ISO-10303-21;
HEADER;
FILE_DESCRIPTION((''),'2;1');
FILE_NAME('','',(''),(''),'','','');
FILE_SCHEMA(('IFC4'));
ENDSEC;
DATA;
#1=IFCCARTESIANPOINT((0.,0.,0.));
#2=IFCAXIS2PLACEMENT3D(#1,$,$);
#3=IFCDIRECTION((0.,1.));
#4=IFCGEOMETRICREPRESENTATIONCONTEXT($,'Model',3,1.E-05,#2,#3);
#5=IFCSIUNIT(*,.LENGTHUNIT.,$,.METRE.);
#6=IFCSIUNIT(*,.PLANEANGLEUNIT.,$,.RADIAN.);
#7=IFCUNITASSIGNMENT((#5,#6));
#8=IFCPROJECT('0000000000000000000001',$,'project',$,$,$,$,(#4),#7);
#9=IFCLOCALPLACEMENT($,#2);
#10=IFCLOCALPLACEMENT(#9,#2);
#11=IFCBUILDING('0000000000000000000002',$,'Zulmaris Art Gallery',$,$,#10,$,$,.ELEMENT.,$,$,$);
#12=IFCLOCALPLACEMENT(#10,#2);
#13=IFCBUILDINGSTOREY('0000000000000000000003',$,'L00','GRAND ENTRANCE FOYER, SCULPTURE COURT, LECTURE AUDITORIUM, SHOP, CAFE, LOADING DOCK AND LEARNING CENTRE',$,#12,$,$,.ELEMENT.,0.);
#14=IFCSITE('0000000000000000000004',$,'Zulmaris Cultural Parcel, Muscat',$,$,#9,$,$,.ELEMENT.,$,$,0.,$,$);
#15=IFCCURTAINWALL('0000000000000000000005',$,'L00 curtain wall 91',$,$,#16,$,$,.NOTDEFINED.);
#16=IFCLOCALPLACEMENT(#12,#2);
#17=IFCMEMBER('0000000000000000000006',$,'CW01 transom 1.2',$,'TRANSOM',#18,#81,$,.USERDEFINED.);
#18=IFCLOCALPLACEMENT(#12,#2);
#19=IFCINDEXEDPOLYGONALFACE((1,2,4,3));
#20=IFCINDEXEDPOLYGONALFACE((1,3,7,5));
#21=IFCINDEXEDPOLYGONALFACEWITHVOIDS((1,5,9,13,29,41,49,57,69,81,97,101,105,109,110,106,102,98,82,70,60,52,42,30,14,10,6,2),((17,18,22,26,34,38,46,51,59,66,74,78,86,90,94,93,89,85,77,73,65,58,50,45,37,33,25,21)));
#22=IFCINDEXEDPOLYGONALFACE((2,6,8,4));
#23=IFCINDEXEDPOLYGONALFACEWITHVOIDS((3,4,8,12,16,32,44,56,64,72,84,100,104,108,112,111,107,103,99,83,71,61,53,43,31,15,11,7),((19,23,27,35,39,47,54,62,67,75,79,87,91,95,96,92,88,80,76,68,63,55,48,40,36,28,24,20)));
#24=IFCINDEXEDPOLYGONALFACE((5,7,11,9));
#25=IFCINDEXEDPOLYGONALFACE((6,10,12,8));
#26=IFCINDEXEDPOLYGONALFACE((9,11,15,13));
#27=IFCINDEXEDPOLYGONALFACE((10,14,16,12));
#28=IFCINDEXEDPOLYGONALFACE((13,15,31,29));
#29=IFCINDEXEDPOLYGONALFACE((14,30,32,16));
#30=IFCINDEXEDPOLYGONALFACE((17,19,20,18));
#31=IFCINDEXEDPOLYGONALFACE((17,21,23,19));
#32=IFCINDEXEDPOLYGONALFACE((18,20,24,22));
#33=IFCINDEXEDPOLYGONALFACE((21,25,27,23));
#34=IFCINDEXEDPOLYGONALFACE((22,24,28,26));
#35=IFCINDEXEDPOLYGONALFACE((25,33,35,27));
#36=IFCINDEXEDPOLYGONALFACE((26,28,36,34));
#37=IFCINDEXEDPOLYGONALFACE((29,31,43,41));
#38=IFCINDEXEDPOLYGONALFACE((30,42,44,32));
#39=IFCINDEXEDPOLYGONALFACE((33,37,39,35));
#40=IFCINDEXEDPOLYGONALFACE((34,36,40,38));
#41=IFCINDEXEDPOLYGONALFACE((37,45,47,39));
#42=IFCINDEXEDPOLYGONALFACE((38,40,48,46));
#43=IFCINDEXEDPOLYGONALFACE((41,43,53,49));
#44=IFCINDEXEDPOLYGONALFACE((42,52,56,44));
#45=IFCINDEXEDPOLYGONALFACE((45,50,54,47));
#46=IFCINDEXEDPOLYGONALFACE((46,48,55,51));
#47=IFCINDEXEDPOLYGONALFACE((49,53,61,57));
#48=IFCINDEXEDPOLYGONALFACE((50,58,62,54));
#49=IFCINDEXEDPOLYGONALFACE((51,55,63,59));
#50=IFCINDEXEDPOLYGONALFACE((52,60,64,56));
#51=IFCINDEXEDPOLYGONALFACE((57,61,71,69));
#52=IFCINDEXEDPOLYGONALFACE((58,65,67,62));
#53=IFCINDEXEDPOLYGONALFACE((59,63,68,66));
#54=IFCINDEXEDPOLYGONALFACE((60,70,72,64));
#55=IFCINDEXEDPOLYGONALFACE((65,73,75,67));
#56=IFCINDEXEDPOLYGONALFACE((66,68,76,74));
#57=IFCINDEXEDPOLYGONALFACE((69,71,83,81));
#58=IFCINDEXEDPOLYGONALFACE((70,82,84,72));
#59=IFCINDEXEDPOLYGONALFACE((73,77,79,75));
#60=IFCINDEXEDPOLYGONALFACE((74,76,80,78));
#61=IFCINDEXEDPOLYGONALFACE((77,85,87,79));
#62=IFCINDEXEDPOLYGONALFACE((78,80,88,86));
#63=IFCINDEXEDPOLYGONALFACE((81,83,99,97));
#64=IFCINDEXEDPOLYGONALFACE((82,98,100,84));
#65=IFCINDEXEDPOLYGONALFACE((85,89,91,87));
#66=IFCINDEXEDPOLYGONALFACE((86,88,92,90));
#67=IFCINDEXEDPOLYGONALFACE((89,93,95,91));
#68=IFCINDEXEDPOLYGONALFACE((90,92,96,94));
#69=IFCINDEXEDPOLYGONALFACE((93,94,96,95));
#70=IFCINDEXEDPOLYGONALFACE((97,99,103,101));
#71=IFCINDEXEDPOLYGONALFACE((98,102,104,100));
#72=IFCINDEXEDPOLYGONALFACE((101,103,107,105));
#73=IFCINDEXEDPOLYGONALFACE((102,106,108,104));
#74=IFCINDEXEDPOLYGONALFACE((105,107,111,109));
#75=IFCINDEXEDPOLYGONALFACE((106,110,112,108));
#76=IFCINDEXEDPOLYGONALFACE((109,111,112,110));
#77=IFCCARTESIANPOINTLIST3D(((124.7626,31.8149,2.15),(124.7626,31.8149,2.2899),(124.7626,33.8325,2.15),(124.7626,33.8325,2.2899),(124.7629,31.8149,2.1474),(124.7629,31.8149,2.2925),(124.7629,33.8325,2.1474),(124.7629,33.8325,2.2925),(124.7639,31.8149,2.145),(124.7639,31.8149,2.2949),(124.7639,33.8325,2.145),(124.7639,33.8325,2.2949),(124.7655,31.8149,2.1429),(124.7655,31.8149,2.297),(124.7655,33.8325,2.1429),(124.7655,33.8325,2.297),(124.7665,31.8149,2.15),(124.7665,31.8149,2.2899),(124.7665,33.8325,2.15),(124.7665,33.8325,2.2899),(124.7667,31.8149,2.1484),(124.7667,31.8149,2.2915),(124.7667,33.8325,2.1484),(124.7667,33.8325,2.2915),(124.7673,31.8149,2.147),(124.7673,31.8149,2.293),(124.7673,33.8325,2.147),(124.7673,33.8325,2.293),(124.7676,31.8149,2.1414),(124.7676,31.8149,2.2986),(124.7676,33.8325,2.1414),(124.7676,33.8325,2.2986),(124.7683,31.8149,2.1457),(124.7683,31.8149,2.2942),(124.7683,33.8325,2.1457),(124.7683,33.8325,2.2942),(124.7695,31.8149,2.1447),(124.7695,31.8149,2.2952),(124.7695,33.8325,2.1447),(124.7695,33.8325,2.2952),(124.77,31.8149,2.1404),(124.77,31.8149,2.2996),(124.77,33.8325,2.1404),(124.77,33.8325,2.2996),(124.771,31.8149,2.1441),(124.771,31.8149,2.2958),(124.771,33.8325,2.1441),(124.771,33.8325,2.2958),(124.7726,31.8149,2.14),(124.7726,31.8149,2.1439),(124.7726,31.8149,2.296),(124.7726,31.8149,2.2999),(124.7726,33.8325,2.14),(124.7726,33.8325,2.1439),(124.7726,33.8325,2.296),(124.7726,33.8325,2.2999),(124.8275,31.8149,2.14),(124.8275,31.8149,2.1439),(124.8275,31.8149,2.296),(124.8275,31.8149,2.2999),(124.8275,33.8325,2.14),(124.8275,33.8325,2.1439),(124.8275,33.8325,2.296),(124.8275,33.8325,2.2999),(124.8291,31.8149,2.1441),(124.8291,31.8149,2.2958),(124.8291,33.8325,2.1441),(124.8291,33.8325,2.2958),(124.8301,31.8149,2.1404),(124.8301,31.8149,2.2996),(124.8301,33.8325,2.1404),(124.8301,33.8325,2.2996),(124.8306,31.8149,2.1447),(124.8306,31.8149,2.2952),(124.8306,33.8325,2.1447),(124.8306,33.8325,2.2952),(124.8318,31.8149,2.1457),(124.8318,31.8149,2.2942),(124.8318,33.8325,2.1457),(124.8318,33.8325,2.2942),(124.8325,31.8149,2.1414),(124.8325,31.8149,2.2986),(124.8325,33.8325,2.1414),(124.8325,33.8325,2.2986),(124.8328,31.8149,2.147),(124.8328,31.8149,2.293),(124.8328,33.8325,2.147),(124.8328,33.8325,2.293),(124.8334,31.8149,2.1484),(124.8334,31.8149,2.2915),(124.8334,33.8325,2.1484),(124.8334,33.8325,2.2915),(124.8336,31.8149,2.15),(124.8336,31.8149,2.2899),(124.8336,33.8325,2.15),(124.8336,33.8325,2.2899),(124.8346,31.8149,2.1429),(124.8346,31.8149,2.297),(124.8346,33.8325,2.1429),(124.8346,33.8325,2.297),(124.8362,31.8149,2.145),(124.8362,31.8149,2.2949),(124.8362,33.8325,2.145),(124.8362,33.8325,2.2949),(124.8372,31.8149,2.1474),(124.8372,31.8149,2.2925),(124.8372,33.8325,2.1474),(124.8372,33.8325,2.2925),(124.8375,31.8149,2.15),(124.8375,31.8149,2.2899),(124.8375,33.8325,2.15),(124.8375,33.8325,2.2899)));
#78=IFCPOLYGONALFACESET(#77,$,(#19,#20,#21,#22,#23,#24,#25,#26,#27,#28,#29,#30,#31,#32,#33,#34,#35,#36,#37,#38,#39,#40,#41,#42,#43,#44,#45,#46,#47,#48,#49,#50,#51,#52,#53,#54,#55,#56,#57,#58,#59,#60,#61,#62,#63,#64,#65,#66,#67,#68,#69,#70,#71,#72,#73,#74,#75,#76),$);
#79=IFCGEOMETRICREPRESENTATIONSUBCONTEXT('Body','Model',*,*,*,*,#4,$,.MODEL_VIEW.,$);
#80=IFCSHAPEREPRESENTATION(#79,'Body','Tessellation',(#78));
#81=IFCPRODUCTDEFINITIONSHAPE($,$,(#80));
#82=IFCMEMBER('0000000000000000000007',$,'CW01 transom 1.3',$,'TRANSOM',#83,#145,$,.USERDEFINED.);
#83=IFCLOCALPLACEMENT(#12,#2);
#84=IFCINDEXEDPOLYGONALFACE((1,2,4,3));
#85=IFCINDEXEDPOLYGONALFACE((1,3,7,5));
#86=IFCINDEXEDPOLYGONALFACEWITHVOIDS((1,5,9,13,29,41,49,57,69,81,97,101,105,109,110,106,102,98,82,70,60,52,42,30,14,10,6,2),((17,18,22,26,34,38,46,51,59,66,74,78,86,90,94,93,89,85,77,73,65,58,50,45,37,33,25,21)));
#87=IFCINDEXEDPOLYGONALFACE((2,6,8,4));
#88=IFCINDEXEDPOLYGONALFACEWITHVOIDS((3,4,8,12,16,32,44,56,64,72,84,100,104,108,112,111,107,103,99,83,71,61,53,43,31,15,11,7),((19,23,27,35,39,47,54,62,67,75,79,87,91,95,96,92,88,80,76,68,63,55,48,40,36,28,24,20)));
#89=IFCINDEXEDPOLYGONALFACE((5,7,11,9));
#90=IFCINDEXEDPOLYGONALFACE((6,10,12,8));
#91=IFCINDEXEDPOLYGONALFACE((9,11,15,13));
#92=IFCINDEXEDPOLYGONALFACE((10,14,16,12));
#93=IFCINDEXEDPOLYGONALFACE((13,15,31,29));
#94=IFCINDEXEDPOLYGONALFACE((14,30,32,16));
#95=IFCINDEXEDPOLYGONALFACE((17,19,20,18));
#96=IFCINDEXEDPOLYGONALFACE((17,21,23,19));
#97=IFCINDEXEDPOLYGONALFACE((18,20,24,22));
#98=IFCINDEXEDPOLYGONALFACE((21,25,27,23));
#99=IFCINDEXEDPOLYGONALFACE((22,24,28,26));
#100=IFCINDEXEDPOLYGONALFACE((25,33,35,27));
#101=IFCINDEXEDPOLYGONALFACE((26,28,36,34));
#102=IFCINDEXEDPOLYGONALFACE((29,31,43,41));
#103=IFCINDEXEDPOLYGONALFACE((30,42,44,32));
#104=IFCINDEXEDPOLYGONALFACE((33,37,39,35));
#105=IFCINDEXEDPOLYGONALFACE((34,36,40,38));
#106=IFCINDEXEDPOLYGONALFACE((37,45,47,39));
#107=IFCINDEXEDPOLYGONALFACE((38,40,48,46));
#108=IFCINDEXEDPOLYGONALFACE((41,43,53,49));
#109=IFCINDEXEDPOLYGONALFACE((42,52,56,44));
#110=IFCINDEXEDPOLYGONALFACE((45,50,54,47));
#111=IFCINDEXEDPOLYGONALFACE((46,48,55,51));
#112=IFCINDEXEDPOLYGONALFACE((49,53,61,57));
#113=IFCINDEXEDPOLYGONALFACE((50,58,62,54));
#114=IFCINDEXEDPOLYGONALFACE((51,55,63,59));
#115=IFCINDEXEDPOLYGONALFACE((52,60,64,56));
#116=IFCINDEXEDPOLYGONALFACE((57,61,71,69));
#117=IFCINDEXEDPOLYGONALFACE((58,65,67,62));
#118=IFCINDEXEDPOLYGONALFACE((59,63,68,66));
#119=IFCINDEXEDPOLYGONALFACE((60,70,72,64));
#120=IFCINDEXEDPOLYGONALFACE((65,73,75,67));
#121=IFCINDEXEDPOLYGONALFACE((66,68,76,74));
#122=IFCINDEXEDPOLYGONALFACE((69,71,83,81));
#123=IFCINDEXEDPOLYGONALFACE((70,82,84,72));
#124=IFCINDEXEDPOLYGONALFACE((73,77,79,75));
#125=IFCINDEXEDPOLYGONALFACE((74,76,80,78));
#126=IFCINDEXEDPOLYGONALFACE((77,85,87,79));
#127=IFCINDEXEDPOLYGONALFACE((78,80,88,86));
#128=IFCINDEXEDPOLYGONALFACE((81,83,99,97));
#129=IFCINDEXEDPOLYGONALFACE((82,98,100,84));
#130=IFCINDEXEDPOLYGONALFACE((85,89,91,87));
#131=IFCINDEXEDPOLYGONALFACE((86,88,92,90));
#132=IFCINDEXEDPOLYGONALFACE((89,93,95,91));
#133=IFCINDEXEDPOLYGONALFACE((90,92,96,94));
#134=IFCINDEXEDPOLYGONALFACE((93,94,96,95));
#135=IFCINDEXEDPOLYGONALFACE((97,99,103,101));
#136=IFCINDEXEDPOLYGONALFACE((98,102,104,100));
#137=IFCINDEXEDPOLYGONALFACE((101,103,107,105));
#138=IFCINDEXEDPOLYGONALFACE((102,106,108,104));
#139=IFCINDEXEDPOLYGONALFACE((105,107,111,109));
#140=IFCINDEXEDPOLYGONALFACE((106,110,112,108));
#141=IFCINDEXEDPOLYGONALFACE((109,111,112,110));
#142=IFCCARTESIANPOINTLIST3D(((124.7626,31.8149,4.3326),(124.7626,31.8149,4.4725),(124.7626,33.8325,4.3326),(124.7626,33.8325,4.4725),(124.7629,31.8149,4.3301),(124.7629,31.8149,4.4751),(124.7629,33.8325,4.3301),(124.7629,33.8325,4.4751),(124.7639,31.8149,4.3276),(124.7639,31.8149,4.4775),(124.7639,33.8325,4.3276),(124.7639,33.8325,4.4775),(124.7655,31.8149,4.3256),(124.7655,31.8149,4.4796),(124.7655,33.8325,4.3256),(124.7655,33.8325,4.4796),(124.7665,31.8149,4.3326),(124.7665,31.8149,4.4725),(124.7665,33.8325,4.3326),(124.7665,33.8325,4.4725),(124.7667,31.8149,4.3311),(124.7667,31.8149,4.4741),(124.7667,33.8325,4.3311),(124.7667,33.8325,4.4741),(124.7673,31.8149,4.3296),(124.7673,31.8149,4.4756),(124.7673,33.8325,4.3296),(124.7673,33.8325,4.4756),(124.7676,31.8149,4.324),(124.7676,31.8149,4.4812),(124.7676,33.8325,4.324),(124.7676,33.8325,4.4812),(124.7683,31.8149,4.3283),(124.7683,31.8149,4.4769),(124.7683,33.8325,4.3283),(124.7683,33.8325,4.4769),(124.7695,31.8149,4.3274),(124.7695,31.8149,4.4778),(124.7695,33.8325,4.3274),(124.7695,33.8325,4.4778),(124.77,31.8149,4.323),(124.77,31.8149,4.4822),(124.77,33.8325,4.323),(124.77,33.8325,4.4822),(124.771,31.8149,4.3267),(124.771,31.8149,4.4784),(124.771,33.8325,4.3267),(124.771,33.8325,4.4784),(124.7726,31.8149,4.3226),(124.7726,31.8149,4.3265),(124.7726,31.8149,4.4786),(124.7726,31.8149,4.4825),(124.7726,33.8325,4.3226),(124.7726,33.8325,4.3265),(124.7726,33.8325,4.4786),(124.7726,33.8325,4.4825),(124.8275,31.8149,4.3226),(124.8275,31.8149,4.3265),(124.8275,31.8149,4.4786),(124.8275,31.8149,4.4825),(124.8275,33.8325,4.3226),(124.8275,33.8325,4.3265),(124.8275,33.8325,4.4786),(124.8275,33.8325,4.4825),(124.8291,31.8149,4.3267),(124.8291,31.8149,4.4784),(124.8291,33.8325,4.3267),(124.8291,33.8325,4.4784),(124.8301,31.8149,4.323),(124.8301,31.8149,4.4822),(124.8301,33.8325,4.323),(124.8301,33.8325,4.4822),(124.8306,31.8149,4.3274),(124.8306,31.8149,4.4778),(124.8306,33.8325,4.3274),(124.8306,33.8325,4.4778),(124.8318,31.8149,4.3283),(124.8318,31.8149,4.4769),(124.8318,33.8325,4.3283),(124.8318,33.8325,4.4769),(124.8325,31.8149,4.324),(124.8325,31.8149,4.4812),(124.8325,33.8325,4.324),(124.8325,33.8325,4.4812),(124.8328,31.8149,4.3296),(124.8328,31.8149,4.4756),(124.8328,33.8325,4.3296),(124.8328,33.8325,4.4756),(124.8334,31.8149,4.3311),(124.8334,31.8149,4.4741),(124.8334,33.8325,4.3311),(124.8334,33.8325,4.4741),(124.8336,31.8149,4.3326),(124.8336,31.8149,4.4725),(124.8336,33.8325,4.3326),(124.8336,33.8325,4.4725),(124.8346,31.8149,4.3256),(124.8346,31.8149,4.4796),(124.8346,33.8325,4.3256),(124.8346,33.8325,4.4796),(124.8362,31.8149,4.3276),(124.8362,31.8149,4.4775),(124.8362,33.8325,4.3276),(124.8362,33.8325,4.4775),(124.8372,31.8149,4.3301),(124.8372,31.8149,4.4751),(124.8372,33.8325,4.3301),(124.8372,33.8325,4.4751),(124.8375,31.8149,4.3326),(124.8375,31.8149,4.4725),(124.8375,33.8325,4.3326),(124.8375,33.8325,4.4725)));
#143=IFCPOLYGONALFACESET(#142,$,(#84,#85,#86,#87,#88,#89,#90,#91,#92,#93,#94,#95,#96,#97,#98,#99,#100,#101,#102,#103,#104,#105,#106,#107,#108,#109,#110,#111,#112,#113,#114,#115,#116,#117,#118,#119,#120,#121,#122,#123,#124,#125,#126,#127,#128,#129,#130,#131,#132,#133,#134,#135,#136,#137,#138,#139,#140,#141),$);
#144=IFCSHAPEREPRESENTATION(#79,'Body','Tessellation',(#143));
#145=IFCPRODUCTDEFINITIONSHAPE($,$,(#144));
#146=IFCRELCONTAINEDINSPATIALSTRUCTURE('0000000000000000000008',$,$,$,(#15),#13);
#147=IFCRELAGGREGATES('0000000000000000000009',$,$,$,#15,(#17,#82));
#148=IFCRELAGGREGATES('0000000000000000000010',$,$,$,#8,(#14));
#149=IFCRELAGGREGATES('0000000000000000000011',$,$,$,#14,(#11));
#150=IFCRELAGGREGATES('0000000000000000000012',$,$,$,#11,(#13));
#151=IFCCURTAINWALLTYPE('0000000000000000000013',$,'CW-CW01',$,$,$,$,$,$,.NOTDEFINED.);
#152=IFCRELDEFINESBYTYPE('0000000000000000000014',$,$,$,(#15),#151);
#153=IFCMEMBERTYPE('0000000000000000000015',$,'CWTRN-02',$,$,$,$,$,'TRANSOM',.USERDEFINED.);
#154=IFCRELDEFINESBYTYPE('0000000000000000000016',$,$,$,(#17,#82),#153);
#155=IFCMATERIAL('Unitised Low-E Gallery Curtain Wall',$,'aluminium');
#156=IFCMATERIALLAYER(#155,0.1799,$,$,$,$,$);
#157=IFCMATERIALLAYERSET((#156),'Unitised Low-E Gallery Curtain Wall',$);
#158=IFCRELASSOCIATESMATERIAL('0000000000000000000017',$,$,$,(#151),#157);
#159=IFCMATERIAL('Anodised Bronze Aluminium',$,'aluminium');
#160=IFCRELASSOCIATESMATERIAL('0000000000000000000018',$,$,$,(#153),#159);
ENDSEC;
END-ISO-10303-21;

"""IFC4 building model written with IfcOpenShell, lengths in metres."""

from ifc_helpers import new_model, si_unit, direction, frame, origin, origin_2d, place, context, subcontext, project, spatial, hollow_rectangle, extrude, material, layer, layer_set, material_profile, profile_set, type_object, element, aggregate, save


model = new_model("IFC4")

# Units and contexts
model_context = context("Model", 3, precision=1e-05, world=origin(), true_north=direction((0.0, 1.0)))
body_context = subcontext(model_context, "Body", "Model", "MODEL_VIEW")
ifc_project = project(units=[si_unit("LENGTHUNIT", "METRE"), si_unit("PLANEANGLEUNIT", "RADIAN")], contexts=[model_context])

# Site, building, storey
site_placement = place(None, origin())
site = spatial("IfcSite", under=ifc_project, at=site_placement, Name="Zulmaris Cultural Parcel, Muscat", CompositionType="ELEMENT", RefElevation=0.0)
building_placement = place(site_placement, origin())
building = spatial("IfcBuilding", under=site, at=building_placement, Name="Zulmaris Art Gallery", CompositionType="ELEMENT")
storey_placement = place(building_placement, origin())
storey = spatial("IfcBuildingStorey", under=building, at=storey_placement, Name="L00", Description="GRAND ENTRANCE FOYER, SCULPTURE COURT, LECTURE AUDITORIUM, SHOP, CAFE, LOADING DOCK AND LEARNING CENTRE", CompositionType="ELEMENT", Elevation=0.0)

# Curtain wall
ifc_material_1 = material(Name="Unitised Low-E Gallery Curtain Wall", Category="aluminium")
ifc_layer_1 = layer(ifc_material_1, 0.1799)
ifc_layer_set_1 = layer_set([ifc_layer_1], Name="Unitised Low-E Gallery Curtain Wall")
curtain_wall_type = type_object("IfcCurtainWallType", Name="CW-CW01", PredefinedType="NOTDEFINED", material=ifc_layer_set_1)
curtain_wall_1_placement = place(storey_placement, origin())
curtain_wall_1 = element("IfcCurtainWall", 1, at=curtain_wall_1_placement, inside=storey, type_object=curtain_wall_type, Name="L00 curtain wall 91", PredefinedType="NOTDEFINED")
ifc_material_2 = material(Name="Anodised Bronze Aluminium", Category="aluminium")

# Members
ifc_material_profile_1 = material_profile(ifc_material_2, hollow_rectangle(XDim=0.075, YDim=0.1599, WallThickness=0.0039, InnerFilletRadius=0.0061, OuterFilletRadius=0.01, at=origin_2d()), Name="ALU 75x160x4")
ifc_profile_set_1 = profile_set([ifc_material_profile_1], Name="Anodised Bronze Aluminium")
member_type_1 = type_object("IfcMemberType", Name="CWTRN-02", ElementType="TRANSOM", PredefinedType="USERDEFINED", material=ifc_profile_set_1)
member_1_placement = place(storey_placement, frame((124.8, 31.8149, 2.22), z_axis=(0.0, 1.0, 0.0), x_axis=(-1.0, 0.0, 0.0)))
member_1 = element("IfcMember", 2, at=member_1_placement, type_object=member_type_1, Name="CW01 transom 1.2", ObjectType="TRANSOM", PredefinedType="USERDEFINED", context=body_context, shape_type="SweptSolid", body=[
    extrude(hollow_rectangle(XDim=0.075, YDim=0.1599, WallThickness=0.0039, InnerFilletRadius=0.0061, OuterFilletRadius=0.01, at=origin_2d()), origin(), (0.0, 0.0, 1.0), 2.0176),
])
member_2_placement = place(storey_placement, frame((124.8, 31.8149, 4.4026), z_axis=(0.0, 1.0, 0.0), x_axis=(-1.0, 0.0, 0.0)))
member_2 = element("IfcMember", 3, at=member_2_placement, type_object=member_type_1, Name="CW01 transom 1.3", ObjectType="TRANSOM", PredefinedType="USERDEFINED", context=body_context, shape_type="SweptSolid", body=[
    extrude(hollow_rectangle(XDim=0.075, YDim=0.1599, WallThickness=0.0039, InnerFilletRadius=0.0061, OuterFilletRadius=0.01, at=origin_2d()), origin(), (0.0, 0.0, 1.0), 2.0176),
])

aggregate(curtain_wall_1, [member_1, member_2])

save(model, "model.ifc")
